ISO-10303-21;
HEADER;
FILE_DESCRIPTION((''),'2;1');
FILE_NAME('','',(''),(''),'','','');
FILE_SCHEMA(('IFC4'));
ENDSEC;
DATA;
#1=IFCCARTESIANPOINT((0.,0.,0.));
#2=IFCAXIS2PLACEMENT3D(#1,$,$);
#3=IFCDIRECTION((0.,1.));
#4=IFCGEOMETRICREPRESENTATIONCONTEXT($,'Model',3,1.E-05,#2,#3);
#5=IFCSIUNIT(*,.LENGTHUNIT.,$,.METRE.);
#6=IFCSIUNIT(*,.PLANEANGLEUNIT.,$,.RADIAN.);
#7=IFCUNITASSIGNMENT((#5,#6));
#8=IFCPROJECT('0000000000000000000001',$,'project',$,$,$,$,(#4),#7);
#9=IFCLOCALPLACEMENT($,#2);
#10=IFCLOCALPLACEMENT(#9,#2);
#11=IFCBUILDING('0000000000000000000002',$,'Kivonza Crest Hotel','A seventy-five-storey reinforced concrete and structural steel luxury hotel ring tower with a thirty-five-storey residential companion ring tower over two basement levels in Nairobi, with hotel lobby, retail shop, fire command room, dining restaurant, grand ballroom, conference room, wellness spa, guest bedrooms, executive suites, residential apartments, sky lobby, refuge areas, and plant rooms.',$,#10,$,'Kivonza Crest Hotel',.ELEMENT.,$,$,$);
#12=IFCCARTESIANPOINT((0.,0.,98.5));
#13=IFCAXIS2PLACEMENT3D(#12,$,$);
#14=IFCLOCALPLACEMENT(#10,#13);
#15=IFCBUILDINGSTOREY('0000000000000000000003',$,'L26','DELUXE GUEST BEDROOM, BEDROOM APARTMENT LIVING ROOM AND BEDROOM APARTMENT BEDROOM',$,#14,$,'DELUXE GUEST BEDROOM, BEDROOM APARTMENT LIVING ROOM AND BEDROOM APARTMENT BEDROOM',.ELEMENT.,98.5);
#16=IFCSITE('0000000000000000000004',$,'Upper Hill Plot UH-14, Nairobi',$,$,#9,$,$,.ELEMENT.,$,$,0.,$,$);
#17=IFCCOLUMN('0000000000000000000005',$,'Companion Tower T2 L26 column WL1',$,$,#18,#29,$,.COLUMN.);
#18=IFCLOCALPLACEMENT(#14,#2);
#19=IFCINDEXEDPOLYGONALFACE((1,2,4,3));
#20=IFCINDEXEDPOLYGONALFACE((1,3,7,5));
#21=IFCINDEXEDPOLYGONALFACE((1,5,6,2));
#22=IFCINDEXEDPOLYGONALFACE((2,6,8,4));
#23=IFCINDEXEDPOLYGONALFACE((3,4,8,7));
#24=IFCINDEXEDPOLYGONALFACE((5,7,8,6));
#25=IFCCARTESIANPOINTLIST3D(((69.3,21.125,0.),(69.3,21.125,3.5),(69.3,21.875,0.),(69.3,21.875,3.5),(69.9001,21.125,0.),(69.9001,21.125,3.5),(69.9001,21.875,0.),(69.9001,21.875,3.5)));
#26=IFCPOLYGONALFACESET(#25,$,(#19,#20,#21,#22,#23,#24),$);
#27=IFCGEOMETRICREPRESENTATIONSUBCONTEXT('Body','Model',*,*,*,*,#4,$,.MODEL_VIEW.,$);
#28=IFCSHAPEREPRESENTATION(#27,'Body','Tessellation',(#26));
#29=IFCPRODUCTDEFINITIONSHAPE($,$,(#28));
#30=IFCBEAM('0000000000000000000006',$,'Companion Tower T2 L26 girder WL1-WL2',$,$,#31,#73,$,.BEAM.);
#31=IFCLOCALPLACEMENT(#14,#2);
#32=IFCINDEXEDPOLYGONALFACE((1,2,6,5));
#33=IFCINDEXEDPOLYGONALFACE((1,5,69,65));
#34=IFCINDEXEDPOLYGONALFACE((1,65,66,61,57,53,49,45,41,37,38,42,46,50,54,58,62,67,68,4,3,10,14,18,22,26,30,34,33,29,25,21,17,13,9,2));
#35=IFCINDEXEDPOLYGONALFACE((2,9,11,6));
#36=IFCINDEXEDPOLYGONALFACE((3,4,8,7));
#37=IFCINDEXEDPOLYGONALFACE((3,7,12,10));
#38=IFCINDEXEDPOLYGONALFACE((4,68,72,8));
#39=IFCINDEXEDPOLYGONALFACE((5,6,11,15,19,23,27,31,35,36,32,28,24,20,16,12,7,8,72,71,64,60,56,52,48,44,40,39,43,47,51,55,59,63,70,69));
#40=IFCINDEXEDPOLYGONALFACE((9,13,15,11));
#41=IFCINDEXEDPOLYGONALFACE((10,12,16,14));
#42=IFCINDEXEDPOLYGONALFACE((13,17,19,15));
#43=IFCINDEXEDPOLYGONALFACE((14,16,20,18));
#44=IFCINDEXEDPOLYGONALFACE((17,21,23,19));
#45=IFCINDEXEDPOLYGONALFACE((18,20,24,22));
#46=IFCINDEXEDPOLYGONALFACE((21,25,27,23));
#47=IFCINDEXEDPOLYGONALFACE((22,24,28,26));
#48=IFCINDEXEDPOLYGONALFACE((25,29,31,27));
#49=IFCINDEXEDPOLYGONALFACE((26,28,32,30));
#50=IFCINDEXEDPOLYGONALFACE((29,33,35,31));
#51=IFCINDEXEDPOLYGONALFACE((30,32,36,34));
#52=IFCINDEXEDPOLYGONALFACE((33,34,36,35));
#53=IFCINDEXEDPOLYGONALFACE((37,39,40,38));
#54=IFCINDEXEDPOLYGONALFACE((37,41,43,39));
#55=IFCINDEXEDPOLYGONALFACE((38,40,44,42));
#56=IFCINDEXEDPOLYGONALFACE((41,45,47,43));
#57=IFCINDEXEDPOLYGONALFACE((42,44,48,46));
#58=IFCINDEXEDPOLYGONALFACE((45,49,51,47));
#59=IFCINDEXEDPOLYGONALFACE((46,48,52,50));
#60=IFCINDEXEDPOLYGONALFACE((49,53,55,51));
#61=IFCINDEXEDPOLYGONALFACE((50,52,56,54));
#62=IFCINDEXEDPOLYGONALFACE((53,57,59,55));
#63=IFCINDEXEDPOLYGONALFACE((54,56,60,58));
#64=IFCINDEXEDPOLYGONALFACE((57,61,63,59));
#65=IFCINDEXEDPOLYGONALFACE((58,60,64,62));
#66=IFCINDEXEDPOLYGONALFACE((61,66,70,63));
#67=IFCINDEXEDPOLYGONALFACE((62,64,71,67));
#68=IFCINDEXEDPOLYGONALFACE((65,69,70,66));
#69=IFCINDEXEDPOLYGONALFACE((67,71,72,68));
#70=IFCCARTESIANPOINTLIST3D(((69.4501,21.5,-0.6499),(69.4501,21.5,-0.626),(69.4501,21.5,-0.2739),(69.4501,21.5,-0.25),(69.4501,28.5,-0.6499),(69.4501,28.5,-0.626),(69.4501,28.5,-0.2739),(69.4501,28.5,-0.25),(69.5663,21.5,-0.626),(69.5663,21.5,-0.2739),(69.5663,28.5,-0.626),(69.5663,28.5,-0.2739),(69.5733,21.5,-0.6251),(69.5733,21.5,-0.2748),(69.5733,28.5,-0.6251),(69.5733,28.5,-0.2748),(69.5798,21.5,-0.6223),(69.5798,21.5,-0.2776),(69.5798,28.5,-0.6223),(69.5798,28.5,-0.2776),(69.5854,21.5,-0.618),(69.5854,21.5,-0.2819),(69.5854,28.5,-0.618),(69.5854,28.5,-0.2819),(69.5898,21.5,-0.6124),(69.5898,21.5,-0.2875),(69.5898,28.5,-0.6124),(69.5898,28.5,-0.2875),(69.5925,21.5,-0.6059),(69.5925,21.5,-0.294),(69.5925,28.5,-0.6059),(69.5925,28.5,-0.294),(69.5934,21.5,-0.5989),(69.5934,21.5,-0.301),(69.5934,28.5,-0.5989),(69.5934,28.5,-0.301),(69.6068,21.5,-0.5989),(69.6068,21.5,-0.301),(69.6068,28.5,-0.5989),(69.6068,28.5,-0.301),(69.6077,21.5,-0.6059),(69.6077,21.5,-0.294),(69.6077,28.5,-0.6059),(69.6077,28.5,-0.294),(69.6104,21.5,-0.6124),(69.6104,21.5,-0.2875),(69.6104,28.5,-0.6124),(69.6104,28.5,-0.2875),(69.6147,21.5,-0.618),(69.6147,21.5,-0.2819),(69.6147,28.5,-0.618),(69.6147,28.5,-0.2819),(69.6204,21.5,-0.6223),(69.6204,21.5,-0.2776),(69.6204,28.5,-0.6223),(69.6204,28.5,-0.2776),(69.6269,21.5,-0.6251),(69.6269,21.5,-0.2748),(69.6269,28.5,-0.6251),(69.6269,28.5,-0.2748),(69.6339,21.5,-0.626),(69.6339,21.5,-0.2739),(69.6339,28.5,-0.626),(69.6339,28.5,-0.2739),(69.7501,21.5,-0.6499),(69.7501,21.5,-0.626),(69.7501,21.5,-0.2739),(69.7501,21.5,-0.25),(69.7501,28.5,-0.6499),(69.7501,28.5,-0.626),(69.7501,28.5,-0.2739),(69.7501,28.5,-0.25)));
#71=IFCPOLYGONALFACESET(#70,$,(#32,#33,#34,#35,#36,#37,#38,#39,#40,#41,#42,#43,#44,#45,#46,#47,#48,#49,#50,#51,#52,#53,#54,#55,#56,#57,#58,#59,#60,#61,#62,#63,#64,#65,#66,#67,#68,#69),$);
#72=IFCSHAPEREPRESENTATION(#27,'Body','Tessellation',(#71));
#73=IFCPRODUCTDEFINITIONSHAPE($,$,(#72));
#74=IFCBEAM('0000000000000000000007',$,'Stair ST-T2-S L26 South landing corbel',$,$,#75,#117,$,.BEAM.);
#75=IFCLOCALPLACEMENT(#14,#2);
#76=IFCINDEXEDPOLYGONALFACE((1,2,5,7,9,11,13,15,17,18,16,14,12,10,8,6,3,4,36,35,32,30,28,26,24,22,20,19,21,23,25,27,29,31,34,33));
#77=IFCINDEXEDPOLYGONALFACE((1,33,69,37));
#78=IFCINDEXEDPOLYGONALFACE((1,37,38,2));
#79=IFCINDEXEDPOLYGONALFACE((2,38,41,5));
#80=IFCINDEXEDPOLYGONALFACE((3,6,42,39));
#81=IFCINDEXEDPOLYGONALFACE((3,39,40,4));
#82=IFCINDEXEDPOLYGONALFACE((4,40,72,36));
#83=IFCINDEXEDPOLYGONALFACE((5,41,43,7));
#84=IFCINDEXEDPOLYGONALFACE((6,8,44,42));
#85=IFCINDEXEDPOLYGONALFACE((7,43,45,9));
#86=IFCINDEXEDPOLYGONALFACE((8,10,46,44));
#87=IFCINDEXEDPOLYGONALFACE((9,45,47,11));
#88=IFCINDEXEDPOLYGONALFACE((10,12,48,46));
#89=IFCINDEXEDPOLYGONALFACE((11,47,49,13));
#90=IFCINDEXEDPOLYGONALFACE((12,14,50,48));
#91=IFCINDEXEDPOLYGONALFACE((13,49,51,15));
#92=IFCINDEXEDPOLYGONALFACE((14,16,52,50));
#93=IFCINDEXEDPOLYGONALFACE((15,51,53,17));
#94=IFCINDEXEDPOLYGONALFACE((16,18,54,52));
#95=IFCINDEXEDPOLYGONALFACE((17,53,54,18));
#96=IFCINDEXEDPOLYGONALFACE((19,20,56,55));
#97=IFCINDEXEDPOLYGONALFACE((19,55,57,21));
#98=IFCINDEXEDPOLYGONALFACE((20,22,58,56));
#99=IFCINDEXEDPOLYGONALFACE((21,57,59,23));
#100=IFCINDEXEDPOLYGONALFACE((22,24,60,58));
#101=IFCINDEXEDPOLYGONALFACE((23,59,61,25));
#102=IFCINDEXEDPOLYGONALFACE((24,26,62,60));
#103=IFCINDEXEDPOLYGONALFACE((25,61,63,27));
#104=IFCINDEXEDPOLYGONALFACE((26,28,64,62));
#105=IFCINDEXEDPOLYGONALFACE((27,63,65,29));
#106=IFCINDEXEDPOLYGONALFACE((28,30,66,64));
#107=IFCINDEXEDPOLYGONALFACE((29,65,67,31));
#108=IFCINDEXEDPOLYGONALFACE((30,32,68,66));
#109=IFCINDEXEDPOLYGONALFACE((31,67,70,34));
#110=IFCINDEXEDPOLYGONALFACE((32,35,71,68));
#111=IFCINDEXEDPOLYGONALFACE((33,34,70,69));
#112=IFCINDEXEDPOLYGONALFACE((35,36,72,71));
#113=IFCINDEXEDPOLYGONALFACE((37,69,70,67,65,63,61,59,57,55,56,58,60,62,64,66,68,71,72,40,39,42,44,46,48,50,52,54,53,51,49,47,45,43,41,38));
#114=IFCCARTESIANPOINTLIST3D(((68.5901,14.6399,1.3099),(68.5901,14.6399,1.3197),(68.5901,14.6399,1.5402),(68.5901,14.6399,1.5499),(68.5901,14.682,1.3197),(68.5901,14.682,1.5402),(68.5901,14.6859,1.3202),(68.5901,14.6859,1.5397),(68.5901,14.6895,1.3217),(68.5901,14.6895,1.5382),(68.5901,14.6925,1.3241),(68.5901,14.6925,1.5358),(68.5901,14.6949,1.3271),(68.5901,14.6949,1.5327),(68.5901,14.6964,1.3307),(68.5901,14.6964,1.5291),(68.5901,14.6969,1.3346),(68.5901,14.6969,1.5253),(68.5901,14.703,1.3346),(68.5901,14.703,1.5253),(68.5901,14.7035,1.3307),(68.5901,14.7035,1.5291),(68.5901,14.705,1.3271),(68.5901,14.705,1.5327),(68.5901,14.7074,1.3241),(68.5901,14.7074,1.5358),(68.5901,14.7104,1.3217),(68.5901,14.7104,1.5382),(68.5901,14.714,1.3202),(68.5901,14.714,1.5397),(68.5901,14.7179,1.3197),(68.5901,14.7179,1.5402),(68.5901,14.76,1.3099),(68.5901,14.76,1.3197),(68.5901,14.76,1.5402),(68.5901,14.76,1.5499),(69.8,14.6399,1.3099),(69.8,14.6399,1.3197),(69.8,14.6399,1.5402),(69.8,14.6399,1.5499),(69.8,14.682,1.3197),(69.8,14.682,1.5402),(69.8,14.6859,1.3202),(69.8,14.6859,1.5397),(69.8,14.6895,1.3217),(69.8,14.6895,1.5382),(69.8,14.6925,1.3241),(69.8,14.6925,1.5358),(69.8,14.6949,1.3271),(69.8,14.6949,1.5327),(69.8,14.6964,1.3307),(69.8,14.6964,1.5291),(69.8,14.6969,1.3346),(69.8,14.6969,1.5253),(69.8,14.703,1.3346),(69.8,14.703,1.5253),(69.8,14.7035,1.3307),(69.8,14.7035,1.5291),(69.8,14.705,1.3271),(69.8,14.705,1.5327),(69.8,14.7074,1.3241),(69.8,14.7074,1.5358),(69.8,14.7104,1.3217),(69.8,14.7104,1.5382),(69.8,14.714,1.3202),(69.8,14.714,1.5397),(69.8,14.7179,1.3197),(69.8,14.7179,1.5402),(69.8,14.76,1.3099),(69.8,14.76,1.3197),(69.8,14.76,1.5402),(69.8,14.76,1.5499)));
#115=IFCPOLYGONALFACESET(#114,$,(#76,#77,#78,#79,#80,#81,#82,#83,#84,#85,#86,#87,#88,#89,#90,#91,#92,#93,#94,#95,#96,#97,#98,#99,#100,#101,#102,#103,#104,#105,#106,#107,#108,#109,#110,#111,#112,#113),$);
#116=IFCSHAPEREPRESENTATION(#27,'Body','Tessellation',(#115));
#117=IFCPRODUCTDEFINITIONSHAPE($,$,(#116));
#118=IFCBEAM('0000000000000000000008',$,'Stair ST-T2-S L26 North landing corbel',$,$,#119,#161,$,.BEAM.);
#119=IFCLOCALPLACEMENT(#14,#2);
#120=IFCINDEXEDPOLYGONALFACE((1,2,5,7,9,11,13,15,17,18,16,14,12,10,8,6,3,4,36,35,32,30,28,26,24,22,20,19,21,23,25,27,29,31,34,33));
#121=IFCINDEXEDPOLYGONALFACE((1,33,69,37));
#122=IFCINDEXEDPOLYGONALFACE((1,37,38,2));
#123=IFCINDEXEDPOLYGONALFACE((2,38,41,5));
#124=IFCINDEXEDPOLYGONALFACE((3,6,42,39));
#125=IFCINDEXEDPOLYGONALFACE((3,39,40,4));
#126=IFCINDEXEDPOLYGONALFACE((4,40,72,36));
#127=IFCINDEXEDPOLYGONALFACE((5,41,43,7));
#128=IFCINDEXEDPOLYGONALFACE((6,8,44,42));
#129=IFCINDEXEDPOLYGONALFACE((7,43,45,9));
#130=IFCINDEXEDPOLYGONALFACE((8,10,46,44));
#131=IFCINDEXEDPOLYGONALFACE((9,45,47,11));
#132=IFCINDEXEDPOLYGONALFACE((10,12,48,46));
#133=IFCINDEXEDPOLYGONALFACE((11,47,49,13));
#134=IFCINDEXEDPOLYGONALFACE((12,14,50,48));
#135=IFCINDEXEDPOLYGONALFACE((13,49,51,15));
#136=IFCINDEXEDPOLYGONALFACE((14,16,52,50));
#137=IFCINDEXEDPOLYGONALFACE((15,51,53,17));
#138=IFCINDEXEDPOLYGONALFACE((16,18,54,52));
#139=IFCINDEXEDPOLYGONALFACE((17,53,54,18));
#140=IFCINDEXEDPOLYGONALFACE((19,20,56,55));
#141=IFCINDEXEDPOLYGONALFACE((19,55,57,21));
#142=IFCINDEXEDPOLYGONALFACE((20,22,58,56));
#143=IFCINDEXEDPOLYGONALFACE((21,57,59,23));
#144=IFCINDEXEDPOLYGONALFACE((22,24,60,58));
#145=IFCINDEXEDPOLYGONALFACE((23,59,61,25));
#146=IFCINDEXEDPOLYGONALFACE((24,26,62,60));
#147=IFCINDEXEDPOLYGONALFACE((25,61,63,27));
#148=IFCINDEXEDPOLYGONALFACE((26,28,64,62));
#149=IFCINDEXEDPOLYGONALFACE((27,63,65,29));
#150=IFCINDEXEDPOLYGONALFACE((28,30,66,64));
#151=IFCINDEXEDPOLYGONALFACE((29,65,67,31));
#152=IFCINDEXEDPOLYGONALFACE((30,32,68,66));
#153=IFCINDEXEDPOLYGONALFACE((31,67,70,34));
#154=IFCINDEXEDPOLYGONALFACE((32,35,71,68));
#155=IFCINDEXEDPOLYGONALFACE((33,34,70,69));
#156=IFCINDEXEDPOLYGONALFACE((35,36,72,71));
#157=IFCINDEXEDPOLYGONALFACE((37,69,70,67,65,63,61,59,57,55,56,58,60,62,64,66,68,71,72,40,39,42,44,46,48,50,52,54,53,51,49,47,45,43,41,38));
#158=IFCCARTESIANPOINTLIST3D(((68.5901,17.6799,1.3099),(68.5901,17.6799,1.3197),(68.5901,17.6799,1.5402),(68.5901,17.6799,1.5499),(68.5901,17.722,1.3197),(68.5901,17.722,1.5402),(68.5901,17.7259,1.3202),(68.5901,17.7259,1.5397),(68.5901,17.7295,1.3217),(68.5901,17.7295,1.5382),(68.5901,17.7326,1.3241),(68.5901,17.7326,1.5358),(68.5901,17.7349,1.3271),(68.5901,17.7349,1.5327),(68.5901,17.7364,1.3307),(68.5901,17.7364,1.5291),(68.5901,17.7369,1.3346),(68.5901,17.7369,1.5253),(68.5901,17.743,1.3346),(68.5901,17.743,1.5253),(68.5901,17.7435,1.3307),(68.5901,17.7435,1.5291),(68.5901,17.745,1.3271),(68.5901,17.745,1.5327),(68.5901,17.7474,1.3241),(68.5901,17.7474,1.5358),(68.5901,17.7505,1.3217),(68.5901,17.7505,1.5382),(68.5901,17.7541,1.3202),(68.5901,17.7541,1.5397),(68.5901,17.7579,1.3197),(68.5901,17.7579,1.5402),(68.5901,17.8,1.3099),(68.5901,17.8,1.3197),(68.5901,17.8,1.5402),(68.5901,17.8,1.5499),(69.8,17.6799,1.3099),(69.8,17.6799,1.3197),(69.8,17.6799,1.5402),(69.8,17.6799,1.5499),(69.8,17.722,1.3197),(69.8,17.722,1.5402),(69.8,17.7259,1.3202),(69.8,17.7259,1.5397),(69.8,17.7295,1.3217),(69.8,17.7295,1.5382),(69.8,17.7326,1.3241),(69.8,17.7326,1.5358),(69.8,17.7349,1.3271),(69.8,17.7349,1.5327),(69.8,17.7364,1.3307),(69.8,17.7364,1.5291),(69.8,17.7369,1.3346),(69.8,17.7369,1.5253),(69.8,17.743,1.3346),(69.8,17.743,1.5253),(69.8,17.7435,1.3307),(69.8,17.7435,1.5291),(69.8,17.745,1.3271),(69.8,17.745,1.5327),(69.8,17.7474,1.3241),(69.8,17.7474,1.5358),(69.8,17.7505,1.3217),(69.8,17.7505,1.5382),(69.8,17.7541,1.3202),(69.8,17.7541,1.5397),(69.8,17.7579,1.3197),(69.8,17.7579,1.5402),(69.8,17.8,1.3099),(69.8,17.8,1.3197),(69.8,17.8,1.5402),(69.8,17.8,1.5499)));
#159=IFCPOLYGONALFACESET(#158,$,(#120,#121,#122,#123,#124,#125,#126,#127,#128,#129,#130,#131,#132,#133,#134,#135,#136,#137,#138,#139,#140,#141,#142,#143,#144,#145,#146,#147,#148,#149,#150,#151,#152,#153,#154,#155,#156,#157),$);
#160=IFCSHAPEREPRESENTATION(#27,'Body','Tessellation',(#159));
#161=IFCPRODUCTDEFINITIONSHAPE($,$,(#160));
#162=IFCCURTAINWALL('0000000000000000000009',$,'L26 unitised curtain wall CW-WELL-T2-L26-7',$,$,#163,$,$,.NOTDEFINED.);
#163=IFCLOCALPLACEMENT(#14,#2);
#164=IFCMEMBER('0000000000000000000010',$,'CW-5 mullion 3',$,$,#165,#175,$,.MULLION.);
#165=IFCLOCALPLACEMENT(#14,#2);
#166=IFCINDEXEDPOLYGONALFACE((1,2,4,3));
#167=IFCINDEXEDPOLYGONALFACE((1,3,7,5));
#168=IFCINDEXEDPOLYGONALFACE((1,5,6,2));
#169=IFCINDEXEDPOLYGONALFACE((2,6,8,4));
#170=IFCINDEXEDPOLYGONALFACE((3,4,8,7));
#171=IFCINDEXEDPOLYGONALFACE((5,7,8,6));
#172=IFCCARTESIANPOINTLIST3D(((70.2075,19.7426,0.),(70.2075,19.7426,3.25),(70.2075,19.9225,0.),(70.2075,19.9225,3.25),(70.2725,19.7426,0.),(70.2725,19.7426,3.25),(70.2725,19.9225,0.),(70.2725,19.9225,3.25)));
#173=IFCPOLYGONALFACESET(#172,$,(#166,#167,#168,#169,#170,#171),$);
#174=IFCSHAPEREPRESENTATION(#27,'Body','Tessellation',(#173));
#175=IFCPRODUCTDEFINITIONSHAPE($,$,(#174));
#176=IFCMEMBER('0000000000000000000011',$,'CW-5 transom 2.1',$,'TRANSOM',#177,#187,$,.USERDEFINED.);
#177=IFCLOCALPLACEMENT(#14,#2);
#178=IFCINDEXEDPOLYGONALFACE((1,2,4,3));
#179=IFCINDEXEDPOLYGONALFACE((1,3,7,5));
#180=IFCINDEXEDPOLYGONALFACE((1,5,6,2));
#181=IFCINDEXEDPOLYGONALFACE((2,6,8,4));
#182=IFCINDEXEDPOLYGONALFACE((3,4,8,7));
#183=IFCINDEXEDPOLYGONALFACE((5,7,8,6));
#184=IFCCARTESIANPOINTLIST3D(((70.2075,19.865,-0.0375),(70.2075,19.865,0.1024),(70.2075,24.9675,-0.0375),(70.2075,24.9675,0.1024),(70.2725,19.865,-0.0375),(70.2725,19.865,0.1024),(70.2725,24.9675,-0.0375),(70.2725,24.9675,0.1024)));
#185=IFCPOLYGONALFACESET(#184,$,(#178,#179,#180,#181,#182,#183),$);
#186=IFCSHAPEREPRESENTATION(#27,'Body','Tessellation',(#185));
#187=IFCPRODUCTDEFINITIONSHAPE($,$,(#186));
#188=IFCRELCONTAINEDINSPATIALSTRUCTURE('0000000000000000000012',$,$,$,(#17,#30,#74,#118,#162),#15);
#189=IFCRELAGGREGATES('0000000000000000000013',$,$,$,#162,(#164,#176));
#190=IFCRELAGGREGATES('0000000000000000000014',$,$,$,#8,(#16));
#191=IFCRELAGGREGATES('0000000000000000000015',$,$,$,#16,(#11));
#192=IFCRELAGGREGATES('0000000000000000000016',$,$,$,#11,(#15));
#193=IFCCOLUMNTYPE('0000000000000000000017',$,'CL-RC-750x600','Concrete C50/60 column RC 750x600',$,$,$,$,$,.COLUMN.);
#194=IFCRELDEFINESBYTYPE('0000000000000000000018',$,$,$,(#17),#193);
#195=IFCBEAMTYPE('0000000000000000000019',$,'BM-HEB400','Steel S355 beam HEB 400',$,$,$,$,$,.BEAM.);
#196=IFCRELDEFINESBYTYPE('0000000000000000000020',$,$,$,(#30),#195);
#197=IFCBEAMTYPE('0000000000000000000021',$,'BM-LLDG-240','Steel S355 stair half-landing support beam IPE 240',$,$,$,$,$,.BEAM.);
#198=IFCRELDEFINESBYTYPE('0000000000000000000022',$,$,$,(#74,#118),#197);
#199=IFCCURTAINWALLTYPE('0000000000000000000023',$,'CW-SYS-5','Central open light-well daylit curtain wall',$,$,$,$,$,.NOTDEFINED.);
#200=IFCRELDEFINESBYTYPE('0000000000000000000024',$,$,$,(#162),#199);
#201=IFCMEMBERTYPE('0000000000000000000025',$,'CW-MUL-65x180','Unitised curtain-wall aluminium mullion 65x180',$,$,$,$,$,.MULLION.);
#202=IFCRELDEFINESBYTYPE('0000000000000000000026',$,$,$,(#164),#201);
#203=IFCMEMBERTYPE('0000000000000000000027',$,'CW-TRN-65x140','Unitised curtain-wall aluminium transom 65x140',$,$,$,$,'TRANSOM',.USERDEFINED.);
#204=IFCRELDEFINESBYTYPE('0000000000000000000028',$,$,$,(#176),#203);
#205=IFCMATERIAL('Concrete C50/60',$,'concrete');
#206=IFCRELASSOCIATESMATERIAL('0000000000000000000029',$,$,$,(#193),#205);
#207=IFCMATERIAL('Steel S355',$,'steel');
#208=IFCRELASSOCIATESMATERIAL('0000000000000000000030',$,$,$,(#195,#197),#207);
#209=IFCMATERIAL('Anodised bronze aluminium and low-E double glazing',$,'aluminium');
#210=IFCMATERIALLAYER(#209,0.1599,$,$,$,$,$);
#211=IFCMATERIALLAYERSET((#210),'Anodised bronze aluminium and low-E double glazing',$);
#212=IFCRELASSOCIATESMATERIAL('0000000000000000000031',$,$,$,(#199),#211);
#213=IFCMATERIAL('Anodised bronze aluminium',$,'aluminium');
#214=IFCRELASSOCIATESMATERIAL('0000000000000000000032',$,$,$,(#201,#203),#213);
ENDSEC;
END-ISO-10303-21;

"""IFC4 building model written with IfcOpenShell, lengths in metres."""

from ifc_helpers import new_model, si_unit, direction, frame, origin, origin_2d, place, context, subcontext, project, spatial, rectangle, i_section, extrude, material, layer, layer_set, material_profile, profile_set, type_object, element, aggregate, save


model = new_model("IFC4")

# Units and contexts
model_context = context("Model", 3, precision=1e-05, world=origin(), true_north=direction((0.0, 1.0)))
body_context = subcontext(model_context, "Body", "Model", "MODEL_VIEW")
ifc_project = project(units=[si_unit("LENGTHUNIT", "METRE"), si_unit("PLANEANGLEUNIT", "RADIAN")], contexts=[model_context])

# Site, building, storey
site_placement = place(None, origin())
site = spatial("IfcSite", under=ifc_project, at=site_placement, Name="Upper Hill Plot UH-14, Nairobi", CompositionType="ELEMENT", RefElevation=0.0)
building_placement = place(site_placement, origin())
building = spatial("IfcBuilding", under=site, at=building_placement, Name="Kivonza Crest Hotel", Description="A seventy-five-storey reinforced concrete and structural steel luxury hotel ring tower with a thirty-five-storey residential companion ring tower over two basement levels in Nairobi, with hotel lobby, retail shop, fire command room, dining restaurant, grand ballroom, conference room, wellness spa, guest bedrooms, executive suites, residential apartments, sky lobby, refuge areas, and plant rooms.", LongName="Kivonza Crest Hotel", CompositionType="ELEMENT")
storey_placement = place(building_placement, frame((0.0, 0.0, 98.5)))
storey = spatial("IfcBuildingStorey", under=building, at=storey_placement, Name="L26", Description="DELUXE GUEST BEDROOM, BEDROOM APARTMENT LIVING ROOM AND BEDROOM APARTMENT BEDROOM", LongName="DELUXE GUEST BEDROOM, BEDROOM APARTMENT LIVING ROOM AND BEDROOM APARTMENT BEDROOM", CompositionType="ELEMENT", Elevation=98.5)

# Column
ifc_material_1 = material(Name="Concrete C50/60", Category="concrete")
ifc_material_profile_1 = material_profile(ifc_material_1, rectangle(XDim=0.6001, YDim=0.75, at=origin_2d()), Name="RC 750x600")
ifc_profile_set_1 = profile_set([ifc_material_profile_1], Name="Concrete C50/60")
column_type = type_object("IfcColumnType", Name="CL-RC-750x600", Description="Concrete C50/60 column RC 750x600", PredefinedType="COLUMN", material=ifc_profile_set_1)
column_placement = place(storey_placement, frame((69.6001, 21.5, 0.0), z_axis=(0.0, 0.0, 1.0), x_axis=(1.0, 0.0, 0.0)))
element("IfcColumn", 1, at=column_placement, inside=storey, type_object=column_type, Name="Companion Tower T2 L26 column WL1", PredefinedType="COLUMN", context=body_context, shape_type="SweptSolid", body=[
    extrude(rectangle(XDim=0.6001, YDim=0.75, at=origin_2d()), origin(), (0.0, 0.0, 1.0), 3.5),
])

# Beams
ifc_material_2 = material(Name="Steel S355", Category="steel")
ifc_material_profile_2 = material_profile(ifc_material_2, i_section(OverallWidth=0.3, OverallDepth=0.3999, WebThickness=0.0134, FlangeThickness=0.0239, FilletRadius=0.0271, at=origin_2d()), Name="HEB 400")
ifc_profile_set_2 = profile_set([ifc_material_profile_2], Name="Steel S355")
beam_type_1 = type_object("IfcBeamType", Name="BM-HEB400", Description="Steel S355 beam HEB 400", PredefinedType="BEAM", material=ifc_profile_set_2)
beam_placement = place(storey_placement, frame((69.6001, 21.5, -0.45), z_axis=(0.0, 1.0, 0.0), x_axis=(-1.0, 0.0, 0.0)))
element("IfcBeam", 2, at=beam_placement, inside=storey, type_object=beam_type_1, Name="Companion Tower T2 L26 girder WL1-WL2", PredefinedType="BEAM", context=body_context, shape_type="SweptSolid", body=[
    extrude(i_section(OverallWidth=0.3, OverallDepth=0.3999, WebThickness=0.0134, FlangeThickness=0.0239, FilletRadius=0.0271, at=origin_2d()), origin(), (0.0, 0.0, 1.0), 7.0),
])
ifc_material_profile_3 = material_profile(ifc_material_2, i_section(OverallWidth=0.1201, OverallDepth=0.24, WebThickness=0.0061, FlangeThickness=0.0098, FilletRadius=0.0149, at=origin_2d()), Name="IPE 240")
ifc_profile_set_3 = profile_set([ifc_material_profile_3], Name="Steel S355")
beam_type_2 = type_object("IfcBeamType", Name="BM-LLDG-240", Description="Steel S355 stair half-landing support beam IPE 240", PredefinedType="BEAM", material=ifc_profile_set_3)
for number, where, z_axis, x_axis, name in (
    (3, (68.5901, 14.7, 1.4299), (1.0, 0.0, 0.0), (0.0, 1.0, 0.0), "Stair ST-T2-S L26 South landing corbel"),
    (4, (68.5901, 17.74, 1.4299), (1.0, 0.0, 0.0), (0.0, 1.0, 0.0), "Stair ST-T2-S L26 North landing corbel"),
):
    element("IfcBeam", number, at=place(storey_placement, frame(where, z_axis=z_axis, x_axis=x_axis)), inside=storey, type_object=beam_type_2, Name=name, PredefinedType="BEAM", context=body_context, shape_type="SweptSolid", body=[
        extrude(i_section(OverallWidth=0.1201, OverallDepth=0.24, WebThickness=0.0061, FlangeThickness=0.0098, FilletRadius=0.0149, at=origin_2d()), origin(), (0.0, 0.0, 1.0), 1.21),
    ])

# Curtain wall, members
ifc_material_3 = material(Name="Anodised bronze aluminium and low-E double glazing", Category="aluminium")
ifc_layer_1 = layer(ifc_material_3, 0.1599)
ifc_layer_set_1 = layer_set([ifc_layer_1], Name="Anodised bronze aluminium and low-E double glazing")
curtain_wall_type = type_object("IfcCurtainWallType", Name="CW-SYS-5", Description="Central open light-well daylit curtain wall", PredefinedType="NOTDEFINED", material=ifc_layer_set_1)
curtain_wall_placement = place(storey_placement, origin())
curtain_wall = element("IfcCurtainWall", 5, at=curtain_wall_placement, inside=storey, type_object=curtain_wall_type, Name="L26 unitised curtain wall CW-WELL-T2-L26-7", PredefinedType="NOTDEFINED")
ifc_material_4 = material(Name="Anodised bronze aluminium", Category="aluminium")
ifc_material_profile_4 = material_profile(ifc_material_4, rectangle(XDim=0.0649, YDim=0.1799, at=origin_2d()), Name="CW-M 65x180")
ifc_profile_set_4 = profile_set([ifc_material_profile_4], Name="Anodised bronze aluminium")
member_type_1 = type_object("IfcMemberType", Name="CW-MUL-65x180", Description="Unitised curtain-wall aluminium mullion 65x180", PredefinedType="MULLION", material=ifc_profile_set_4)
member_1_placement = place(storey_placement, frame((70.24, 19.8325, 0.0), z_axis=(0.0, 0.0, 1.0), x_axis=(1.0, 0.0, 0.0)))
member_1 = element("IfcMember", 6, at=member_1_placement, type_object=member_type_1, Name="CW-5 mullion 3", PredefinedType="MULLION", context=body_context, shape_type="SweptSolid", body=[
    extrude(rectangle(XDim=0.0649, YDim=0.1799, at=origin_2d()), origin(), (0.0, 0.0, 1.0), 3.25),
])
ifc_material_profile_5 = material_profile(ifc_material_4, rectangle(XDim=0.0649, YDim=0.1399, at=origin_2d()), Name="CW-T 65x140")
ifc_profile_set_5 = profile_set([ifc_material_profile_5], Name="Anodised bronze aluminium")
member_type_2 = type_object("IfcMemberType", Name="CW-TRN-65x140", Description="Unitised curtain-wall aluminium transom 65x140", ElementType="TRANSOM", PredefinedType="USERDEFINED", material=ifc_profile_set_5)
member_2_placement = place(storey_placement, frame((70.24, 24.9675, 0.0325), z_axis=(0.0, -1.0, 0.0), x_axis=(1.0, 0.0, 0.0)))
member_2 = element("IfcMember", 7, at=member_2_placement, type_object=member_type_2, Name="CW-5 transom 2.1", ObjectType="TRANSOM", PredefinedType="USERDEFINED", context=body_context, shape_type="SweptSolid", body=[
    extrude(rectangle(XDim=0.0649, YDim=0.1399, at=origin_2d()), origin(), (0.0, 0.0, 1.0), 5.1025),
])
aggregate(curtain_wall, [member_1, member_2])

save(model, "model.ifc")
